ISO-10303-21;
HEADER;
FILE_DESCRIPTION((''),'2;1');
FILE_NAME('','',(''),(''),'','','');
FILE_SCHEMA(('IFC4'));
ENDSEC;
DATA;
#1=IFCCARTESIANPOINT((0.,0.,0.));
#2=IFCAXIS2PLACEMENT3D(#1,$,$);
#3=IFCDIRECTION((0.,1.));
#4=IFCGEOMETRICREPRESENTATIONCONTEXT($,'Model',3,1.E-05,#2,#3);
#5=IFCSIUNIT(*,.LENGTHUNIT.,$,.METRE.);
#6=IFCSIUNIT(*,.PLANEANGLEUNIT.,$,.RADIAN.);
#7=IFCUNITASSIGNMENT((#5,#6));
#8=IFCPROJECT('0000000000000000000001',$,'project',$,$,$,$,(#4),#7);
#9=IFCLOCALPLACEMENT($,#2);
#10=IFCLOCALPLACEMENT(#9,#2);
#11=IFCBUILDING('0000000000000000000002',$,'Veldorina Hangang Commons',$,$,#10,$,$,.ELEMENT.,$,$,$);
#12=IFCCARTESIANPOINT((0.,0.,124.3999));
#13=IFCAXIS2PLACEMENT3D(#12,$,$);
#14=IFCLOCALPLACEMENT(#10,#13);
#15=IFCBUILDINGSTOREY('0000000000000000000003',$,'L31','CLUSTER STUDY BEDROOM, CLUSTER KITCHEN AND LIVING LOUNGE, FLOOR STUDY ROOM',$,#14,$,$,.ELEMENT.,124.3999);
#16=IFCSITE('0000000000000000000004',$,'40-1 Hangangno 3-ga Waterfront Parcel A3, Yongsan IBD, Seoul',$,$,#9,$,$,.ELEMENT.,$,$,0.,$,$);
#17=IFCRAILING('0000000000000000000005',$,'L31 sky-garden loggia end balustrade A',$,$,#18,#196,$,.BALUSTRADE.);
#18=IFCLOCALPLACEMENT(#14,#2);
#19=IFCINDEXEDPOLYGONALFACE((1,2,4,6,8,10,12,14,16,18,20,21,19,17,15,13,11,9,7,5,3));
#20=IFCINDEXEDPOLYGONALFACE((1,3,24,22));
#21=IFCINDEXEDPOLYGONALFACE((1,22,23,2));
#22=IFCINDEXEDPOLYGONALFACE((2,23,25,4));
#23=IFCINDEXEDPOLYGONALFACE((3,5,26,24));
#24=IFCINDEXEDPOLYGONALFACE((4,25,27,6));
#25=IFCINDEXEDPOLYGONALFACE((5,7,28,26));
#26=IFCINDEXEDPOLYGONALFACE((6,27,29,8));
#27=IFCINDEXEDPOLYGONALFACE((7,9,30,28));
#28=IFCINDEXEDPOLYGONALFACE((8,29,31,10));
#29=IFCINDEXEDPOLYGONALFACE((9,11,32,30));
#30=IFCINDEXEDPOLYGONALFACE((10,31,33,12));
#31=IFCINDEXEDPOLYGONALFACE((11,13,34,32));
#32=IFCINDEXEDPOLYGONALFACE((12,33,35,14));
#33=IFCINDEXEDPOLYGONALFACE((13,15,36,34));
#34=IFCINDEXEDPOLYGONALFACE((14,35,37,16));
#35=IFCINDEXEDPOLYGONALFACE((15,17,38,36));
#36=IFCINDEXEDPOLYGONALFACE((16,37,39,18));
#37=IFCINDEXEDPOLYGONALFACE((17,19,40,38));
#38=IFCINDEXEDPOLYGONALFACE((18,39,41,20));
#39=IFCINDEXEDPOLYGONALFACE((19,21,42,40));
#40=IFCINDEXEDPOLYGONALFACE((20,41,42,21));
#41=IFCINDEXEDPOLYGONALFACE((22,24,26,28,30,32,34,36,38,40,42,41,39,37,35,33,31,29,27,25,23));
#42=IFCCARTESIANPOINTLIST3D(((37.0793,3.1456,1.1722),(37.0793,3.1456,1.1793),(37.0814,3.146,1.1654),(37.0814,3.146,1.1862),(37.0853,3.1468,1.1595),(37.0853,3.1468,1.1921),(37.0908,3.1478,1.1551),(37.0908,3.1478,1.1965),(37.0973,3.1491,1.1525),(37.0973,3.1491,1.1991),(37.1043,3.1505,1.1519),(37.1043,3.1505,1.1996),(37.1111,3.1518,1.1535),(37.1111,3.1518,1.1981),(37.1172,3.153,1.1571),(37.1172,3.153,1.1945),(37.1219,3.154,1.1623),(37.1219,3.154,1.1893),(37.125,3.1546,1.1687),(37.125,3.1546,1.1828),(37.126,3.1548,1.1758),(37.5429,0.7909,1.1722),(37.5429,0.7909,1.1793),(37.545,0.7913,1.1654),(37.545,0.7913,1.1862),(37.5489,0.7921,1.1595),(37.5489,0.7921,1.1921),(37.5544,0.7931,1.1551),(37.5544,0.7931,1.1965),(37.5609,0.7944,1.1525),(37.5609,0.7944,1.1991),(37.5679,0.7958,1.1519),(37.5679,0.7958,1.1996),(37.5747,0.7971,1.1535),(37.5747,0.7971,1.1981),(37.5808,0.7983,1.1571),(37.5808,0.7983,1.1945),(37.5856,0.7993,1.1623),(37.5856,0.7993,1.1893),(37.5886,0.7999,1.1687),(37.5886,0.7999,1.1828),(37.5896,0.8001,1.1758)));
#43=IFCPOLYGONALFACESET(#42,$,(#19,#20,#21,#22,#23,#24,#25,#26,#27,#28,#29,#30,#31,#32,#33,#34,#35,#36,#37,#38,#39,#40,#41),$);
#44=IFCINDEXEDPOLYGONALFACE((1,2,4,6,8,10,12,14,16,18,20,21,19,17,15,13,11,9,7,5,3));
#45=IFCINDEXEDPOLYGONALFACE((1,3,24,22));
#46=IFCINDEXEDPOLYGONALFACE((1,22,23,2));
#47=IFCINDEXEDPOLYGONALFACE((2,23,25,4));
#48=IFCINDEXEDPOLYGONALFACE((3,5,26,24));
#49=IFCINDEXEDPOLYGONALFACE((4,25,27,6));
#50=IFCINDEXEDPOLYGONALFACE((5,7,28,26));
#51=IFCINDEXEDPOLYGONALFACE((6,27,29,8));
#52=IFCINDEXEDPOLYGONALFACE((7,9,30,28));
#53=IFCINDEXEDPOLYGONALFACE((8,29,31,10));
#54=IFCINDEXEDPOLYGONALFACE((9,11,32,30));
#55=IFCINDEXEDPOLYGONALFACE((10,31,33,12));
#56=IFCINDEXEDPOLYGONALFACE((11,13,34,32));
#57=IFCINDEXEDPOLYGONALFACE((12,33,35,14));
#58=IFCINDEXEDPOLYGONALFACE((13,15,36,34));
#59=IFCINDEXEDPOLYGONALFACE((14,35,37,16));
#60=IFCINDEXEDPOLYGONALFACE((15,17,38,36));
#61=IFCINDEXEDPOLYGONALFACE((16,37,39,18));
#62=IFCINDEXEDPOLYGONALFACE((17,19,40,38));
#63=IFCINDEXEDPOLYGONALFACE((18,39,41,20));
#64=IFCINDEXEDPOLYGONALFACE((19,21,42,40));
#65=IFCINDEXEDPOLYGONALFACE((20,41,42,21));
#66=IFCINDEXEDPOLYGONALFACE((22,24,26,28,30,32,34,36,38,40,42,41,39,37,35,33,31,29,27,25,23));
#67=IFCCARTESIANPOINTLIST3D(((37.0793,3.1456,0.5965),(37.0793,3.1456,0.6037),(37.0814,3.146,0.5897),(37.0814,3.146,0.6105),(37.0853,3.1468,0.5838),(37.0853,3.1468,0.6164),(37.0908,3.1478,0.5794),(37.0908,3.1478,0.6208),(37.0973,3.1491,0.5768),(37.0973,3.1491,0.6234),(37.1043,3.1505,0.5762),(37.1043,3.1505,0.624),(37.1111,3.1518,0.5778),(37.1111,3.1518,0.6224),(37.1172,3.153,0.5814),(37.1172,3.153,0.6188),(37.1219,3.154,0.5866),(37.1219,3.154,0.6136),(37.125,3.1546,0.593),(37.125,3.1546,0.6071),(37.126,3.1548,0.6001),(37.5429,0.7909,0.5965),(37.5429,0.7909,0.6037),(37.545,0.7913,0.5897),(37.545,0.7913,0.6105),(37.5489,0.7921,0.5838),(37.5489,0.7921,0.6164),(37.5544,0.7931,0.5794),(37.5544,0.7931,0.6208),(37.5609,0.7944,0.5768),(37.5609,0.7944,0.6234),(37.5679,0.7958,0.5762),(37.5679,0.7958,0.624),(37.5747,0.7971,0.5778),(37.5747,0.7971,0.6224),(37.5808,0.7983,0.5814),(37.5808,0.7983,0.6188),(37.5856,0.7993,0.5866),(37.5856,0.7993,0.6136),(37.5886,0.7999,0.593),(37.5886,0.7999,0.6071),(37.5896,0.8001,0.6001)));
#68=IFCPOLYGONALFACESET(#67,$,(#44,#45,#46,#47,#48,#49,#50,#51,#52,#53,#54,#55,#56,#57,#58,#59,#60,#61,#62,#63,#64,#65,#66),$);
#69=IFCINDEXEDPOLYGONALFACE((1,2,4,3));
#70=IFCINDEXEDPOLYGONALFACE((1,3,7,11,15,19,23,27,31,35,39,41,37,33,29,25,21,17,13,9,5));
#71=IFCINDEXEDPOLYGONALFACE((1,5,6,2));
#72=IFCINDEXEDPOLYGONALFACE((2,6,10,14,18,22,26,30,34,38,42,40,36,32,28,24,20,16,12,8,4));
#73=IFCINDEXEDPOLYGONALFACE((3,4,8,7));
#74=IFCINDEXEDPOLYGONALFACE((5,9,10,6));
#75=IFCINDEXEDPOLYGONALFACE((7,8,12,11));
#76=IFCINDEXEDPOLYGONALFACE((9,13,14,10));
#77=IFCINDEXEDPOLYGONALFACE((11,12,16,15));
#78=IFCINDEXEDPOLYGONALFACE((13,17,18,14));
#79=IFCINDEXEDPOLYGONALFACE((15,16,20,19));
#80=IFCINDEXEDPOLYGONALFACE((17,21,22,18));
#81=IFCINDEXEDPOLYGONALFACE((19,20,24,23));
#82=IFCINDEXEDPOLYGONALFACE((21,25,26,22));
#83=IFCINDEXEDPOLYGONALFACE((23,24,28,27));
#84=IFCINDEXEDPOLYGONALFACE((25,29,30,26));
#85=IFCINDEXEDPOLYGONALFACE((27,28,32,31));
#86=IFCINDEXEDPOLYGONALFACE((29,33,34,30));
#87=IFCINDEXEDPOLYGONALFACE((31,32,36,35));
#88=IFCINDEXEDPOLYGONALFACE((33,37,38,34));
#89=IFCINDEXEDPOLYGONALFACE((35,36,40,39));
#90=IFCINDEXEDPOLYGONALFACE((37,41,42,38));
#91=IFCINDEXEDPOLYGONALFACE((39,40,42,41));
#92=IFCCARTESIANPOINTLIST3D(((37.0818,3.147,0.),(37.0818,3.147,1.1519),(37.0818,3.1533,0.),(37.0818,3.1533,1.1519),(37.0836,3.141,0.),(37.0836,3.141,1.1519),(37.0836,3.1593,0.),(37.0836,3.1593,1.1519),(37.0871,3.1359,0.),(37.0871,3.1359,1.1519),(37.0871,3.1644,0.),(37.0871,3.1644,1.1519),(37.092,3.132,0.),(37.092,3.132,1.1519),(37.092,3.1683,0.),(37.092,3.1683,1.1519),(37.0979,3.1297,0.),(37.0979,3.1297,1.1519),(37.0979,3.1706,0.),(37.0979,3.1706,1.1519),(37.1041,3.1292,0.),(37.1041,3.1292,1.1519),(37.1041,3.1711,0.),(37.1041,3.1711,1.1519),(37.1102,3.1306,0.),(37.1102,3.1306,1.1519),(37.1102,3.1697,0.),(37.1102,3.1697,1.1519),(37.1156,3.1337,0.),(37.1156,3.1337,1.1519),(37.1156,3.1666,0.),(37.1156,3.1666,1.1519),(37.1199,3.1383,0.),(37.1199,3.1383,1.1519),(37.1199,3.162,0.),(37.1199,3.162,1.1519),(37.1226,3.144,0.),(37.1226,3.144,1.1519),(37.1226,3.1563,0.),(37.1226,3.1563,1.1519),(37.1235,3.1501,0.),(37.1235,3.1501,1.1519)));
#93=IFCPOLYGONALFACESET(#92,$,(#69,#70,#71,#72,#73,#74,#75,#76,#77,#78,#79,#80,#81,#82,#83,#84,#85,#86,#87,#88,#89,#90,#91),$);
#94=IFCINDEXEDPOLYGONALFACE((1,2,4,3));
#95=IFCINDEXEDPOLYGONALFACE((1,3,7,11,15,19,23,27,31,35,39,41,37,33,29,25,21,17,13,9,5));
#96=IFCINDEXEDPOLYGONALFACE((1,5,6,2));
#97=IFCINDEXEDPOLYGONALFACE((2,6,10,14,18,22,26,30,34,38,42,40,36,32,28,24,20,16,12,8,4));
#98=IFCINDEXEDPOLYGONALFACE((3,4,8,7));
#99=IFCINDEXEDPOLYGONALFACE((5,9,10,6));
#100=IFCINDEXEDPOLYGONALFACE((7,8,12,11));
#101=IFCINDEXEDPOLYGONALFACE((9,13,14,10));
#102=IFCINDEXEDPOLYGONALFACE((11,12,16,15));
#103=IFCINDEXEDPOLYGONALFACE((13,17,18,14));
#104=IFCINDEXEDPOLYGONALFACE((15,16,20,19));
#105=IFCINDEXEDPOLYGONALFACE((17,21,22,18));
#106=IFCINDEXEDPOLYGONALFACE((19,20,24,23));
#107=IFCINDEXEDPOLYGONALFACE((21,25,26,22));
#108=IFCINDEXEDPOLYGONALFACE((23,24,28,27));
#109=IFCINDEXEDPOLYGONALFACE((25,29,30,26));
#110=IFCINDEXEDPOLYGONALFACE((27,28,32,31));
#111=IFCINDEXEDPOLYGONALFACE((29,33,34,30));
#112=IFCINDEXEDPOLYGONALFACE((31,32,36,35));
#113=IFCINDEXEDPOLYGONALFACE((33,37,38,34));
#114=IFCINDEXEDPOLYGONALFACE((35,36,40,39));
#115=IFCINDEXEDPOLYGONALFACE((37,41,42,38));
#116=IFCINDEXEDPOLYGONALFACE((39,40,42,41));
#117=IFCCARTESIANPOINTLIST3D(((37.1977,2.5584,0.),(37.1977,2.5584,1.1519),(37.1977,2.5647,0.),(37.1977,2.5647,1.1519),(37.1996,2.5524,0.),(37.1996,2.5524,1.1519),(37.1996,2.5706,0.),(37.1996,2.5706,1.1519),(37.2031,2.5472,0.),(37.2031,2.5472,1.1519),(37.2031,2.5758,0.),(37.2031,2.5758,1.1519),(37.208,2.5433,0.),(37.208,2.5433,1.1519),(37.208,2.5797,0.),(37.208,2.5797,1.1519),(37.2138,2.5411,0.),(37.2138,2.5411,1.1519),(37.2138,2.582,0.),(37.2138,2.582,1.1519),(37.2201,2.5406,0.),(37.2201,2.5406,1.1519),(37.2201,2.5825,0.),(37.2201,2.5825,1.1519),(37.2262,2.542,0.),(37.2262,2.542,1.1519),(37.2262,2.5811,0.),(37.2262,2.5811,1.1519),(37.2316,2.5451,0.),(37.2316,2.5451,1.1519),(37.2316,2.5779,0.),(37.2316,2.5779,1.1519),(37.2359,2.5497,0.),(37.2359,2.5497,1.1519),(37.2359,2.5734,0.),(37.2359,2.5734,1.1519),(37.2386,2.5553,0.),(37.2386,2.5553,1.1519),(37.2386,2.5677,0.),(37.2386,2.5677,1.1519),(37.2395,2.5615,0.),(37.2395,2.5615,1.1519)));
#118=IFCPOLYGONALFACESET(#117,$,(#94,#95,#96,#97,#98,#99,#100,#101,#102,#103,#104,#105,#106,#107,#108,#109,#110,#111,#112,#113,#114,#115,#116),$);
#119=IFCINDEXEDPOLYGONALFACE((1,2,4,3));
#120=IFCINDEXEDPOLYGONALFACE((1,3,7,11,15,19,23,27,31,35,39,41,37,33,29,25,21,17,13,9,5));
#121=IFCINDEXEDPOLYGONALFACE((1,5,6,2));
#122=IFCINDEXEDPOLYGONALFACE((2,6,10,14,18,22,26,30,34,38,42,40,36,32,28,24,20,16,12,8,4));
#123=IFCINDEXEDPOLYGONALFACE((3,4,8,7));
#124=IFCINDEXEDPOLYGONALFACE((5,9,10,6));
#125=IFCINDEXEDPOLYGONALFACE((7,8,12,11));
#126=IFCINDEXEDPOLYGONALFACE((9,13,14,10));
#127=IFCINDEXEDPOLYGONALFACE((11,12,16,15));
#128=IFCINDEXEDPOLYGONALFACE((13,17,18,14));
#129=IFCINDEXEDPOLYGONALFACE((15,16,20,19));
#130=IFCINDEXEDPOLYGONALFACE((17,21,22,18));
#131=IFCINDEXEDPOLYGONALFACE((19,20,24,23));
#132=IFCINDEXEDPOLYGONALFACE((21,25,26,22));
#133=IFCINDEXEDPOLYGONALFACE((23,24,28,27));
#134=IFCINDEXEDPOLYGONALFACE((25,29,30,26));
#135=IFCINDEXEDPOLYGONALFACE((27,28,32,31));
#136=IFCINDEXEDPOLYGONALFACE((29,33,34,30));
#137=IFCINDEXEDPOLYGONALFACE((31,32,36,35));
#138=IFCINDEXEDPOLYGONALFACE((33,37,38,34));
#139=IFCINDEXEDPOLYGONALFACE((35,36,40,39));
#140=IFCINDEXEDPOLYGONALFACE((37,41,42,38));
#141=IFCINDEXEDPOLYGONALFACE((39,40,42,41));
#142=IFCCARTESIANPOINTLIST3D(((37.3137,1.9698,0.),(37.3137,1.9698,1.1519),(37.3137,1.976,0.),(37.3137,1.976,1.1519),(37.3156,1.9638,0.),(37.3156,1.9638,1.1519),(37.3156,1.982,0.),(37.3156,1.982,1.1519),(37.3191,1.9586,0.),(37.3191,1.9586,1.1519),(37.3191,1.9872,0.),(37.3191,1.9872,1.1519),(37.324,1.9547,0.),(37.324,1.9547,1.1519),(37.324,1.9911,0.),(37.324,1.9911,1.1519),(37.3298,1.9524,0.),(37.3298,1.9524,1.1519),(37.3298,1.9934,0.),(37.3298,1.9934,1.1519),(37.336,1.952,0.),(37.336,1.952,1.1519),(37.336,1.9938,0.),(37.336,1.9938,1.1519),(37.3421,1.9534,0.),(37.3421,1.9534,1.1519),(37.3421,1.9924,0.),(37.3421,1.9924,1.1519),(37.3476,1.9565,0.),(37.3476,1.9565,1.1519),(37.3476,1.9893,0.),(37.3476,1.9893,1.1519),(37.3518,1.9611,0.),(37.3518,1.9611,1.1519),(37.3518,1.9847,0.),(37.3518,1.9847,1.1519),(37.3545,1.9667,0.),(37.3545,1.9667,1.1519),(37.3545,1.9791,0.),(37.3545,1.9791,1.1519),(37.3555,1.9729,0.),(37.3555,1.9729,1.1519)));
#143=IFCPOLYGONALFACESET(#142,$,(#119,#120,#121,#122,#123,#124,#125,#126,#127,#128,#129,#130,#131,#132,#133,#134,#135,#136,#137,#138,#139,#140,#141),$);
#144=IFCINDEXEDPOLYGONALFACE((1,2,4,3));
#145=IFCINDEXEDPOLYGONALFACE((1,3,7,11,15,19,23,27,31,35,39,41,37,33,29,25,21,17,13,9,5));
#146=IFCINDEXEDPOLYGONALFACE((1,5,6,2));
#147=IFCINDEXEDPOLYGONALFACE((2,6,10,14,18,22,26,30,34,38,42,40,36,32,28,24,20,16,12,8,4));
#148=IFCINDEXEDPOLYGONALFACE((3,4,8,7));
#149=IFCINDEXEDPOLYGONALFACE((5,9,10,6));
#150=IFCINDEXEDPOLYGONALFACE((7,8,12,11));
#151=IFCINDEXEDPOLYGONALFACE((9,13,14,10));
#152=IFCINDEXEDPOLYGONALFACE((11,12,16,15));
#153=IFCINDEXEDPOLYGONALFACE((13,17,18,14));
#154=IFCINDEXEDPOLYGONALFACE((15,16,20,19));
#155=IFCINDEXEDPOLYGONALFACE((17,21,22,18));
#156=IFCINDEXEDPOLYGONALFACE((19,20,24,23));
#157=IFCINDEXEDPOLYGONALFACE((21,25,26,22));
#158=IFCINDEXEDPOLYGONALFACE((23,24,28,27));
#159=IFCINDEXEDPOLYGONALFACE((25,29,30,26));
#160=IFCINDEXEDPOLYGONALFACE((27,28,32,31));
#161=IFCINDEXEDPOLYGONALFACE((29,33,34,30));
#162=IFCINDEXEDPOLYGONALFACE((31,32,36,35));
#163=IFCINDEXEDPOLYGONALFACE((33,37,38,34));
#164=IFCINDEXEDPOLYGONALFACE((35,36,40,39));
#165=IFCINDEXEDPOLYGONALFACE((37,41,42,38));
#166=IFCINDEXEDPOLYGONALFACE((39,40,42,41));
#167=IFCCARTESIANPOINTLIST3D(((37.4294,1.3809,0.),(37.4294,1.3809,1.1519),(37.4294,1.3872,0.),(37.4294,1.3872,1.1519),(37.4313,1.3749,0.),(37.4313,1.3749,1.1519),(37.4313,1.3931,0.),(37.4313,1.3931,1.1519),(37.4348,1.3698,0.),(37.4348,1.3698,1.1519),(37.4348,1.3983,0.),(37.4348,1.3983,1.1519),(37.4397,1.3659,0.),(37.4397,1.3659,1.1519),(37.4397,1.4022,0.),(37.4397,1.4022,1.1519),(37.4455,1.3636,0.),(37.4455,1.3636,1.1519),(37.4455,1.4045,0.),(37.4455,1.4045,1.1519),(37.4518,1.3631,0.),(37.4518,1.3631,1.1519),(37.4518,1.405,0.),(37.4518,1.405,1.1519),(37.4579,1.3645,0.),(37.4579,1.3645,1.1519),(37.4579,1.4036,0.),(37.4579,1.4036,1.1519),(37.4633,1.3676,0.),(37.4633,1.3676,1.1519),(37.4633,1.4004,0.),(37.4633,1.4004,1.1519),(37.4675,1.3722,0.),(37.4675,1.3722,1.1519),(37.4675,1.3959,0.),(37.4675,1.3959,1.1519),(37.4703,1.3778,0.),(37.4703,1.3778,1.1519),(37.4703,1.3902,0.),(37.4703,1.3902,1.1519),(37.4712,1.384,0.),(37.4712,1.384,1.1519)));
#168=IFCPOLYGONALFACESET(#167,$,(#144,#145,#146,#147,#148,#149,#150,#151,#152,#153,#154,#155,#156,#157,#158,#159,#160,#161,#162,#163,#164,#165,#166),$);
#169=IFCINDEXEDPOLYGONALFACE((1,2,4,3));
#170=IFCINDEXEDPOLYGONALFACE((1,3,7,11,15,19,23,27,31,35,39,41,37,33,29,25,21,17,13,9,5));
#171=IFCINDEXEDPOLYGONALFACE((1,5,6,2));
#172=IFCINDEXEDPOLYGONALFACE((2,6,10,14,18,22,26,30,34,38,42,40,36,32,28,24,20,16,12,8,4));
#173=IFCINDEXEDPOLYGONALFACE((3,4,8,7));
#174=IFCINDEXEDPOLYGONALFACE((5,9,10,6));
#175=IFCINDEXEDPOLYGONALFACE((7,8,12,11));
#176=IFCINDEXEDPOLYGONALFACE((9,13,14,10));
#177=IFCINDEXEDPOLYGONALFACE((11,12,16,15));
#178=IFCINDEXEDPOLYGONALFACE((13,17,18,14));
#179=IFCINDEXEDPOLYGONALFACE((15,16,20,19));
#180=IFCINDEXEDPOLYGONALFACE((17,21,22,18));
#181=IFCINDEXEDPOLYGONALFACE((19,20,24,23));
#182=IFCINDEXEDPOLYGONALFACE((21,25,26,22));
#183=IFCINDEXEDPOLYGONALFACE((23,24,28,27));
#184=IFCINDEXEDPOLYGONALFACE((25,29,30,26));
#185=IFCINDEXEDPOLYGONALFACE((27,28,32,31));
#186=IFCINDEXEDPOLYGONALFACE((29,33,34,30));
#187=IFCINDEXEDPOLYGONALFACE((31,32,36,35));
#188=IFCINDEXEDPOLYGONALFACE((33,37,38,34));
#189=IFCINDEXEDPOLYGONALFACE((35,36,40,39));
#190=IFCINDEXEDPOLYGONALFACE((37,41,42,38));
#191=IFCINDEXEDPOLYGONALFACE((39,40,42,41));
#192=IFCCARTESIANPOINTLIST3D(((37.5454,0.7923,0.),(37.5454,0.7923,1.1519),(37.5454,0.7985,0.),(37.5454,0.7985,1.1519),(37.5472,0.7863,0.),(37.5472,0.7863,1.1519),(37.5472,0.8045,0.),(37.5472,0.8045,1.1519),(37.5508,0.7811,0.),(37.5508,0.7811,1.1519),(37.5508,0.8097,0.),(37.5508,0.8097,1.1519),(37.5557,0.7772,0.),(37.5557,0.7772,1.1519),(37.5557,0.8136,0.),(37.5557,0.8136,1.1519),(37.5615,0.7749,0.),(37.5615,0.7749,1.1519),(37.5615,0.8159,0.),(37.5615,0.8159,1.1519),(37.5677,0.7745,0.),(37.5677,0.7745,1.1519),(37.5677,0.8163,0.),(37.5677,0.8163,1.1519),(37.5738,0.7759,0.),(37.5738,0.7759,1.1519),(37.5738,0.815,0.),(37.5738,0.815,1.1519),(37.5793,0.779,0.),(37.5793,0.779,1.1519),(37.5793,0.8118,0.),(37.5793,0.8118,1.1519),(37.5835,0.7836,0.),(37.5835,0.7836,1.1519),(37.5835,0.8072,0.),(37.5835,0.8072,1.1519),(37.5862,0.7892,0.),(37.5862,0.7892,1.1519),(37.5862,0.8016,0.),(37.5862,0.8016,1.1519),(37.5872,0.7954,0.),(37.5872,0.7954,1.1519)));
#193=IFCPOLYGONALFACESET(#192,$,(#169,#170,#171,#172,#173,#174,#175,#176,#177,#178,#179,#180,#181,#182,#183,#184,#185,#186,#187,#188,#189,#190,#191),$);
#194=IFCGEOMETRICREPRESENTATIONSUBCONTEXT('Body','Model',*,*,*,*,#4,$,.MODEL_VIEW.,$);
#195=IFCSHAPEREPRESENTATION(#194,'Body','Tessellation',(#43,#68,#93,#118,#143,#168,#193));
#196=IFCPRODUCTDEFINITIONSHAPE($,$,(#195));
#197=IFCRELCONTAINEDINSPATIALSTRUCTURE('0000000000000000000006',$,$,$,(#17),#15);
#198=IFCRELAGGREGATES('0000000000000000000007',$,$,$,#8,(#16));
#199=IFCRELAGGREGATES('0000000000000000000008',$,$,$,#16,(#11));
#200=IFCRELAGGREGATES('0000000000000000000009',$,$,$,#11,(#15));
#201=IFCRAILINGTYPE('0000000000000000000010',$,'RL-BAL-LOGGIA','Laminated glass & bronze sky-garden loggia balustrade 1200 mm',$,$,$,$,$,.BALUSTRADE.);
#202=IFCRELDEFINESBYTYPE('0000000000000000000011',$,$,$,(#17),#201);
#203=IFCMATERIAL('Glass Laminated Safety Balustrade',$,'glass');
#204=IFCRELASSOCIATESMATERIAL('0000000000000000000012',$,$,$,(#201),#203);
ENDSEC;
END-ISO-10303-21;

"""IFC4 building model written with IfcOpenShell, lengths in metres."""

from ifc_helpers import new_model, si_unit, direction, frame, origin, origin_2d, place, context, subcontext, project, spatial, circle, extrude, material, type_object, element, save


model = new_model("IFC4")

# Units and contexts
model_context = context("Model", 3, precision=1e-05, world=origin(), true_north=direction((0.0, 1.0)))
body_context = subcontext(model_context, "Body", "Model", "MODEL_VIEW")
ifc_project = project(units=[si_unit("LENGTHUNIT", "METRE"), si_unit("PLANEANGLEUNIT", "RADIAN")], contexts=[model_context])

# Site, building, storey
site_placement = place(None, origin())
site = spatial("IfcSite", under=ifc_project, at=site_placement, Name="40-1 Hangangno 3-ga Waterfront Parcel A3, Yongsan IBD, Seoul", CompositionType="ELEMENT", RefElevation=0.0)
building_placement = place(site_placement, origin())
building = spatial("IfcBuilding", under=site, at=building_placement, Name="Veldorina Hangang Commons", CompositionType="ELEMENT")
storey_placement = place(building_placement, frame((0.0, 0.0, 124.3999)))
storey = spatial("IfcBuildingStorey", under=building, at=storey_placement, Name="L31", Description="CLUSTER STUDY BEDROOM, CLUSTER KITCHEN AND LIVING LOUNGE, FLOOR STUDY ROOM", CompositionType="ELEMENT", Elevation=124.3999)

# Railing
ifc_material_1 = material(Name="Glass Laminated Safety Balustrade", Category="glass")
railing_type = type_object("IfcRailingType", Name="RL-BAL-LOGGIA", Description="Laminated glass & bronze sky-garden loggia balustrade 1200 mm", PredefinedType="BALUSTRADE", material=ifc_material_1)
railing_1_placement = place(storey_placement, frame((37.1025, 3.1501, 0.0)))
element("IfcRailing", 1, at=railing_1_placement, inside=storey, type_object=railing_type, Name="L31 sky-garden loggia end balustrade A", PredefinedType="BALUSTRADE", context=body_context, shape_type="SweptSolid", body=[
    extrude(circle(Radius=0.0239, at=origin_2d()), frame((0.0, 0.0, 1.1758), z_axis=(0.193181, -0.981163, 0.0), x_axis=(0.981163, 0.193181, 0.0)), (0.0, 0.0, 1.0), 2.3999),
    extrude(circle(Radius=0.0239, at=origin_2d()), frame((0.0, 0.0, 0.6001), z_axis=(0.193181, -0.981163, 0.0), x_axis=(0.981163, 0.193181, 0.0)), (0.0, 0.0, 1.0), 2.3999),
    extrude(circle(Radius=0.021, at=origin_2d()), origin(), (0.0, 0.0, 1.0), 1.1519),
    extrude(circle(Radius=0.021, at=origin_2d()), frame((0.116, -0.5886, 0.0)), (0.0, 0.0, 1.0), 1.1519),
    extrude(circle(Radius=0.021, at=origin_2d()), frame((0.2319, -1.1772, 0.0)), (0.0, 0.0, 1.0), 1.1519),
    extrude(circle(Radius=0.021, at=origin_2d()), frame((0.3477, -1.7661, 0.0)), (0.0, 0.0, 1.0), 1.1519),
    extrude(circle(Radius=0.021, at=origin_2d()), frame((0.4636, -2.3547, 0.0)), (0.0, 0.0, 1.0), 1.1519),
])

save(model, "model.ifc")
